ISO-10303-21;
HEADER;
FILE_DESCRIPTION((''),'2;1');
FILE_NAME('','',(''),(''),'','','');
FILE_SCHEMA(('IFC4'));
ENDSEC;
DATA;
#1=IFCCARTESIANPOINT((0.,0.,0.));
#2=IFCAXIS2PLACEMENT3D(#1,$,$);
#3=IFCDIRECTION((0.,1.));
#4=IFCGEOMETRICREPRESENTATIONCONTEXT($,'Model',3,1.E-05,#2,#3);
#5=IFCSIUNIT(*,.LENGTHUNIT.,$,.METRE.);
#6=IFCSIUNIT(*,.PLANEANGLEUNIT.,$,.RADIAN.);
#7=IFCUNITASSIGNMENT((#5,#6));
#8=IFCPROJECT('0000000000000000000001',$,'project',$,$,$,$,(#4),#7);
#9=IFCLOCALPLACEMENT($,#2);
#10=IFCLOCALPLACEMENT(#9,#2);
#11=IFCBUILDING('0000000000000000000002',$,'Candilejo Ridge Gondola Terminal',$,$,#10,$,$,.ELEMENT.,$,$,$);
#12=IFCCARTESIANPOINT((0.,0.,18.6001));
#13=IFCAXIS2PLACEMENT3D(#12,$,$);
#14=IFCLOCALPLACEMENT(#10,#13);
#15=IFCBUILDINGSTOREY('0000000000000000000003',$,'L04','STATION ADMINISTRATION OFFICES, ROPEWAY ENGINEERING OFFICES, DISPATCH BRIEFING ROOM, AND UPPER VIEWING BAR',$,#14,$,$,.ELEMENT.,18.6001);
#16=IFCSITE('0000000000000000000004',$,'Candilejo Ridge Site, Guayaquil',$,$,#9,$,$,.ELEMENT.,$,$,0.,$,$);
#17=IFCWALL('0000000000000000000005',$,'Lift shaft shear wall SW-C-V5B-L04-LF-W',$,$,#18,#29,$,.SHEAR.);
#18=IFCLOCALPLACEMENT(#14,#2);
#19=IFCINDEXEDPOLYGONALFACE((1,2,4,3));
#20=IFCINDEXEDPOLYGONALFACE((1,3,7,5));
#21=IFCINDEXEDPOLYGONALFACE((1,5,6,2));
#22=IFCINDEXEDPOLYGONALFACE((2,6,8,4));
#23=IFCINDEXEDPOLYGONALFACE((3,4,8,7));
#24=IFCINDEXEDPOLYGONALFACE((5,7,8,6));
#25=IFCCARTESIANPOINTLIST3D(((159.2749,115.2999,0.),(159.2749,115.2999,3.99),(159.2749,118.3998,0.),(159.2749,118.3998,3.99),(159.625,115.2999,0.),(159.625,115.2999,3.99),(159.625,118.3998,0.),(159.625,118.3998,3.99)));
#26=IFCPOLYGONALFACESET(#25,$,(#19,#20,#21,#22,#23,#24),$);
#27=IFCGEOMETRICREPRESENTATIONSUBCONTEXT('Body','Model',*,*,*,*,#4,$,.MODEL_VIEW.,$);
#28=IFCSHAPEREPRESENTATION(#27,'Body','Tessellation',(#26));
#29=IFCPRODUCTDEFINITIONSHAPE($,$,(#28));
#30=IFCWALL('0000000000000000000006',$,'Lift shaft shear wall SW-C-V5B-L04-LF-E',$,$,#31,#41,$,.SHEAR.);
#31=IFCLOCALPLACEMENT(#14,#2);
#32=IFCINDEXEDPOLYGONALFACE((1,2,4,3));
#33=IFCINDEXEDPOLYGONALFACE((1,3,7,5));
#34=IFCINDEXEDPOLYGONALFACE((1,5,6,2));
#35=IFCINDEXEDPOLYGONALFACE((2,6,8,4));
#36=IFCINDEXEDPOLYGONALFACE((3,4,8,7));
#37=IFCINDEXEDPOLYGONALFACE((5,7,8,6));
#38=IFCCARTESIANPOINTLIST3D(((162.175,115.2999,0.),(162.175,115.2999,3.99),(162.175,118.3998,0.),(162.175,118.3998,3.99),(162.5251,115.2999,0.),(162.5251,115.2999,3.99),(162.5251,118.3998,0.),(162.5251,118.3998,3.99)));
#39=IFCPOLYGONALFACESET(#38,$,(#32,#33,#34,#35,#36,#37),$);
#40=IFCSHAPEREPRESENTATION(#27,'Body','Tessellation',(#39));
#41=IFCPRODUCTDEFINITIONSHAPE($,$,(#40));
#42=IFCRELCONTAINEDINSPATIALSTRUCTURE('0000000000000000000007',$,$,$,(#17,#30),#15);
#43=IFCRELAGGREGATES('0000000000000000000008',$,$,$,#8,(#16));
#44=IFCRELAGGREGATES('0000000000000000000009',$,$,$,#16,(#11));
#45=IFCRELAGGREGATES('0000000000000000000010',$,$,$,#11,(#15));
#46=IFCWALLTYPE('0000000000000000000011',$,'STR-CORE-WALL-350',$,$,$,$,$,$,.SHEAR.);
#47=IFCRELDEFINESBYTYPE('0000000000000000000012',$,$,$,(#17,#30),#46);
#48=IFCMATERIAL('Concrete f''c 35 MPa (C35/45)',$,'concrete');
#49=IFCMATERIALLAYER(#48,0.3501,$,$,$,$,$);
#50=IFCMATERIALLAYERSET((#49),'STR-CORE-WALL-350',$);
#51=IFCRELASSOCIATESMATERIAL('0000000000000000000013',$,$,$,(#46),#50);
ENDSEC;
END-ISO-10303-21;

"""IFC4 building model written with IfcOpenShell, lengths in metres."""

from ifc_helpers import new_model, si_unit, direction, frame, frame_2d, origin, place, context, subcontext, project, spatial, rectangle, extrude, material, layer, layer_set, type_object, element, save


model = new_model("IFC4")

# Units and contexts
model_context = context("Model", 3, precision=1e-05, world=origin(), true_north=direction((0.0, 1.0)))
body_context = subcontext(model_context, "Body", "Model", "MODEL_VIEW")
ifc_project = project(units=[si_unit("LENGTHUNIT", "METRE"), si_unit("PLANEANGLEUNIT", "RADIAN")], contexts=[model_context])

# Site, building, storey
site_placement = place(None, origin())
site = spatial("IfcSite", under=ifc_project, at=site_placement, Name="Candilejo Ridge Site, Guayaquil", CompositionType="ELEMENT", RefElevation=0.0)
building_placement = place(site_placement, origin())
building = spatial("IfcBuilding", under=site, at=building_placement, Name="Candilejo Ridge Gondola Terminal", CompositionType="ELEMENT")
storey_placement = place(building_placement, frame((0.0, 0.0, 18.6001)))
storey = spatial("IfcBuildingStorey", under=building, at=storey_placement, Name="L04", Description="STATION ADMINISTRATION OFFICES, ROPEWAY ENGINEERING OFFICES, DISPATCH BRIEFING ROOM, AND UPPER VIEWING BAR", CompositionType="ELEMENT", Elevation=18.6001)

# Shared definitions
ifc_material_1 = material(Name="Concrete f'c 35 MPa (C35/45)", Category="concrete")
ifc_layer_1 = layer(ifc_material_1, 0.3501)
ifc_layer_set_1 = layer_set([ifc_layer_1], Name="STR-CORE-WALL-350")
wall_type = type_object("IfcWallType", Name="STR-CORE-WALL-350", PredefinedType="SHEAR", material=ifc_layer_set_1)

# Walls
for number, where, z_axis, x_axis, name in (
    (1, (159.45, 115.3, 0.0), (0.0, 0.0, 1.0), (0.0, 1.0, 0.0), "Lift shaft shear wall SW-C-V5B-L04-LF-W"),
    (2, (162.3501, 115.3, 0.0), (0.0, 0.0, 1.0), (0.0, 1.0, 0.0), "Lift shaft shear wall SW-C-V5B-L04-LF-E"),
):
    element("IfcWall", number, at=place(storey_placement, frame(where, z_axis=z_axis, x_axis=x_axis)), inside=storey, type_object=wall_type, Name=name, PredefinedType="SHEAR", context=body_context, shape_type="SweptSolid", body=[
        extrude(rectangle(XDim=3.0999, YDim=0.3501, at=frame_2d((1.5498, 0.0))), origin(), (0.0, 0.0, 1.0), 3.99),
    ])

save(model, "model.ifc")
